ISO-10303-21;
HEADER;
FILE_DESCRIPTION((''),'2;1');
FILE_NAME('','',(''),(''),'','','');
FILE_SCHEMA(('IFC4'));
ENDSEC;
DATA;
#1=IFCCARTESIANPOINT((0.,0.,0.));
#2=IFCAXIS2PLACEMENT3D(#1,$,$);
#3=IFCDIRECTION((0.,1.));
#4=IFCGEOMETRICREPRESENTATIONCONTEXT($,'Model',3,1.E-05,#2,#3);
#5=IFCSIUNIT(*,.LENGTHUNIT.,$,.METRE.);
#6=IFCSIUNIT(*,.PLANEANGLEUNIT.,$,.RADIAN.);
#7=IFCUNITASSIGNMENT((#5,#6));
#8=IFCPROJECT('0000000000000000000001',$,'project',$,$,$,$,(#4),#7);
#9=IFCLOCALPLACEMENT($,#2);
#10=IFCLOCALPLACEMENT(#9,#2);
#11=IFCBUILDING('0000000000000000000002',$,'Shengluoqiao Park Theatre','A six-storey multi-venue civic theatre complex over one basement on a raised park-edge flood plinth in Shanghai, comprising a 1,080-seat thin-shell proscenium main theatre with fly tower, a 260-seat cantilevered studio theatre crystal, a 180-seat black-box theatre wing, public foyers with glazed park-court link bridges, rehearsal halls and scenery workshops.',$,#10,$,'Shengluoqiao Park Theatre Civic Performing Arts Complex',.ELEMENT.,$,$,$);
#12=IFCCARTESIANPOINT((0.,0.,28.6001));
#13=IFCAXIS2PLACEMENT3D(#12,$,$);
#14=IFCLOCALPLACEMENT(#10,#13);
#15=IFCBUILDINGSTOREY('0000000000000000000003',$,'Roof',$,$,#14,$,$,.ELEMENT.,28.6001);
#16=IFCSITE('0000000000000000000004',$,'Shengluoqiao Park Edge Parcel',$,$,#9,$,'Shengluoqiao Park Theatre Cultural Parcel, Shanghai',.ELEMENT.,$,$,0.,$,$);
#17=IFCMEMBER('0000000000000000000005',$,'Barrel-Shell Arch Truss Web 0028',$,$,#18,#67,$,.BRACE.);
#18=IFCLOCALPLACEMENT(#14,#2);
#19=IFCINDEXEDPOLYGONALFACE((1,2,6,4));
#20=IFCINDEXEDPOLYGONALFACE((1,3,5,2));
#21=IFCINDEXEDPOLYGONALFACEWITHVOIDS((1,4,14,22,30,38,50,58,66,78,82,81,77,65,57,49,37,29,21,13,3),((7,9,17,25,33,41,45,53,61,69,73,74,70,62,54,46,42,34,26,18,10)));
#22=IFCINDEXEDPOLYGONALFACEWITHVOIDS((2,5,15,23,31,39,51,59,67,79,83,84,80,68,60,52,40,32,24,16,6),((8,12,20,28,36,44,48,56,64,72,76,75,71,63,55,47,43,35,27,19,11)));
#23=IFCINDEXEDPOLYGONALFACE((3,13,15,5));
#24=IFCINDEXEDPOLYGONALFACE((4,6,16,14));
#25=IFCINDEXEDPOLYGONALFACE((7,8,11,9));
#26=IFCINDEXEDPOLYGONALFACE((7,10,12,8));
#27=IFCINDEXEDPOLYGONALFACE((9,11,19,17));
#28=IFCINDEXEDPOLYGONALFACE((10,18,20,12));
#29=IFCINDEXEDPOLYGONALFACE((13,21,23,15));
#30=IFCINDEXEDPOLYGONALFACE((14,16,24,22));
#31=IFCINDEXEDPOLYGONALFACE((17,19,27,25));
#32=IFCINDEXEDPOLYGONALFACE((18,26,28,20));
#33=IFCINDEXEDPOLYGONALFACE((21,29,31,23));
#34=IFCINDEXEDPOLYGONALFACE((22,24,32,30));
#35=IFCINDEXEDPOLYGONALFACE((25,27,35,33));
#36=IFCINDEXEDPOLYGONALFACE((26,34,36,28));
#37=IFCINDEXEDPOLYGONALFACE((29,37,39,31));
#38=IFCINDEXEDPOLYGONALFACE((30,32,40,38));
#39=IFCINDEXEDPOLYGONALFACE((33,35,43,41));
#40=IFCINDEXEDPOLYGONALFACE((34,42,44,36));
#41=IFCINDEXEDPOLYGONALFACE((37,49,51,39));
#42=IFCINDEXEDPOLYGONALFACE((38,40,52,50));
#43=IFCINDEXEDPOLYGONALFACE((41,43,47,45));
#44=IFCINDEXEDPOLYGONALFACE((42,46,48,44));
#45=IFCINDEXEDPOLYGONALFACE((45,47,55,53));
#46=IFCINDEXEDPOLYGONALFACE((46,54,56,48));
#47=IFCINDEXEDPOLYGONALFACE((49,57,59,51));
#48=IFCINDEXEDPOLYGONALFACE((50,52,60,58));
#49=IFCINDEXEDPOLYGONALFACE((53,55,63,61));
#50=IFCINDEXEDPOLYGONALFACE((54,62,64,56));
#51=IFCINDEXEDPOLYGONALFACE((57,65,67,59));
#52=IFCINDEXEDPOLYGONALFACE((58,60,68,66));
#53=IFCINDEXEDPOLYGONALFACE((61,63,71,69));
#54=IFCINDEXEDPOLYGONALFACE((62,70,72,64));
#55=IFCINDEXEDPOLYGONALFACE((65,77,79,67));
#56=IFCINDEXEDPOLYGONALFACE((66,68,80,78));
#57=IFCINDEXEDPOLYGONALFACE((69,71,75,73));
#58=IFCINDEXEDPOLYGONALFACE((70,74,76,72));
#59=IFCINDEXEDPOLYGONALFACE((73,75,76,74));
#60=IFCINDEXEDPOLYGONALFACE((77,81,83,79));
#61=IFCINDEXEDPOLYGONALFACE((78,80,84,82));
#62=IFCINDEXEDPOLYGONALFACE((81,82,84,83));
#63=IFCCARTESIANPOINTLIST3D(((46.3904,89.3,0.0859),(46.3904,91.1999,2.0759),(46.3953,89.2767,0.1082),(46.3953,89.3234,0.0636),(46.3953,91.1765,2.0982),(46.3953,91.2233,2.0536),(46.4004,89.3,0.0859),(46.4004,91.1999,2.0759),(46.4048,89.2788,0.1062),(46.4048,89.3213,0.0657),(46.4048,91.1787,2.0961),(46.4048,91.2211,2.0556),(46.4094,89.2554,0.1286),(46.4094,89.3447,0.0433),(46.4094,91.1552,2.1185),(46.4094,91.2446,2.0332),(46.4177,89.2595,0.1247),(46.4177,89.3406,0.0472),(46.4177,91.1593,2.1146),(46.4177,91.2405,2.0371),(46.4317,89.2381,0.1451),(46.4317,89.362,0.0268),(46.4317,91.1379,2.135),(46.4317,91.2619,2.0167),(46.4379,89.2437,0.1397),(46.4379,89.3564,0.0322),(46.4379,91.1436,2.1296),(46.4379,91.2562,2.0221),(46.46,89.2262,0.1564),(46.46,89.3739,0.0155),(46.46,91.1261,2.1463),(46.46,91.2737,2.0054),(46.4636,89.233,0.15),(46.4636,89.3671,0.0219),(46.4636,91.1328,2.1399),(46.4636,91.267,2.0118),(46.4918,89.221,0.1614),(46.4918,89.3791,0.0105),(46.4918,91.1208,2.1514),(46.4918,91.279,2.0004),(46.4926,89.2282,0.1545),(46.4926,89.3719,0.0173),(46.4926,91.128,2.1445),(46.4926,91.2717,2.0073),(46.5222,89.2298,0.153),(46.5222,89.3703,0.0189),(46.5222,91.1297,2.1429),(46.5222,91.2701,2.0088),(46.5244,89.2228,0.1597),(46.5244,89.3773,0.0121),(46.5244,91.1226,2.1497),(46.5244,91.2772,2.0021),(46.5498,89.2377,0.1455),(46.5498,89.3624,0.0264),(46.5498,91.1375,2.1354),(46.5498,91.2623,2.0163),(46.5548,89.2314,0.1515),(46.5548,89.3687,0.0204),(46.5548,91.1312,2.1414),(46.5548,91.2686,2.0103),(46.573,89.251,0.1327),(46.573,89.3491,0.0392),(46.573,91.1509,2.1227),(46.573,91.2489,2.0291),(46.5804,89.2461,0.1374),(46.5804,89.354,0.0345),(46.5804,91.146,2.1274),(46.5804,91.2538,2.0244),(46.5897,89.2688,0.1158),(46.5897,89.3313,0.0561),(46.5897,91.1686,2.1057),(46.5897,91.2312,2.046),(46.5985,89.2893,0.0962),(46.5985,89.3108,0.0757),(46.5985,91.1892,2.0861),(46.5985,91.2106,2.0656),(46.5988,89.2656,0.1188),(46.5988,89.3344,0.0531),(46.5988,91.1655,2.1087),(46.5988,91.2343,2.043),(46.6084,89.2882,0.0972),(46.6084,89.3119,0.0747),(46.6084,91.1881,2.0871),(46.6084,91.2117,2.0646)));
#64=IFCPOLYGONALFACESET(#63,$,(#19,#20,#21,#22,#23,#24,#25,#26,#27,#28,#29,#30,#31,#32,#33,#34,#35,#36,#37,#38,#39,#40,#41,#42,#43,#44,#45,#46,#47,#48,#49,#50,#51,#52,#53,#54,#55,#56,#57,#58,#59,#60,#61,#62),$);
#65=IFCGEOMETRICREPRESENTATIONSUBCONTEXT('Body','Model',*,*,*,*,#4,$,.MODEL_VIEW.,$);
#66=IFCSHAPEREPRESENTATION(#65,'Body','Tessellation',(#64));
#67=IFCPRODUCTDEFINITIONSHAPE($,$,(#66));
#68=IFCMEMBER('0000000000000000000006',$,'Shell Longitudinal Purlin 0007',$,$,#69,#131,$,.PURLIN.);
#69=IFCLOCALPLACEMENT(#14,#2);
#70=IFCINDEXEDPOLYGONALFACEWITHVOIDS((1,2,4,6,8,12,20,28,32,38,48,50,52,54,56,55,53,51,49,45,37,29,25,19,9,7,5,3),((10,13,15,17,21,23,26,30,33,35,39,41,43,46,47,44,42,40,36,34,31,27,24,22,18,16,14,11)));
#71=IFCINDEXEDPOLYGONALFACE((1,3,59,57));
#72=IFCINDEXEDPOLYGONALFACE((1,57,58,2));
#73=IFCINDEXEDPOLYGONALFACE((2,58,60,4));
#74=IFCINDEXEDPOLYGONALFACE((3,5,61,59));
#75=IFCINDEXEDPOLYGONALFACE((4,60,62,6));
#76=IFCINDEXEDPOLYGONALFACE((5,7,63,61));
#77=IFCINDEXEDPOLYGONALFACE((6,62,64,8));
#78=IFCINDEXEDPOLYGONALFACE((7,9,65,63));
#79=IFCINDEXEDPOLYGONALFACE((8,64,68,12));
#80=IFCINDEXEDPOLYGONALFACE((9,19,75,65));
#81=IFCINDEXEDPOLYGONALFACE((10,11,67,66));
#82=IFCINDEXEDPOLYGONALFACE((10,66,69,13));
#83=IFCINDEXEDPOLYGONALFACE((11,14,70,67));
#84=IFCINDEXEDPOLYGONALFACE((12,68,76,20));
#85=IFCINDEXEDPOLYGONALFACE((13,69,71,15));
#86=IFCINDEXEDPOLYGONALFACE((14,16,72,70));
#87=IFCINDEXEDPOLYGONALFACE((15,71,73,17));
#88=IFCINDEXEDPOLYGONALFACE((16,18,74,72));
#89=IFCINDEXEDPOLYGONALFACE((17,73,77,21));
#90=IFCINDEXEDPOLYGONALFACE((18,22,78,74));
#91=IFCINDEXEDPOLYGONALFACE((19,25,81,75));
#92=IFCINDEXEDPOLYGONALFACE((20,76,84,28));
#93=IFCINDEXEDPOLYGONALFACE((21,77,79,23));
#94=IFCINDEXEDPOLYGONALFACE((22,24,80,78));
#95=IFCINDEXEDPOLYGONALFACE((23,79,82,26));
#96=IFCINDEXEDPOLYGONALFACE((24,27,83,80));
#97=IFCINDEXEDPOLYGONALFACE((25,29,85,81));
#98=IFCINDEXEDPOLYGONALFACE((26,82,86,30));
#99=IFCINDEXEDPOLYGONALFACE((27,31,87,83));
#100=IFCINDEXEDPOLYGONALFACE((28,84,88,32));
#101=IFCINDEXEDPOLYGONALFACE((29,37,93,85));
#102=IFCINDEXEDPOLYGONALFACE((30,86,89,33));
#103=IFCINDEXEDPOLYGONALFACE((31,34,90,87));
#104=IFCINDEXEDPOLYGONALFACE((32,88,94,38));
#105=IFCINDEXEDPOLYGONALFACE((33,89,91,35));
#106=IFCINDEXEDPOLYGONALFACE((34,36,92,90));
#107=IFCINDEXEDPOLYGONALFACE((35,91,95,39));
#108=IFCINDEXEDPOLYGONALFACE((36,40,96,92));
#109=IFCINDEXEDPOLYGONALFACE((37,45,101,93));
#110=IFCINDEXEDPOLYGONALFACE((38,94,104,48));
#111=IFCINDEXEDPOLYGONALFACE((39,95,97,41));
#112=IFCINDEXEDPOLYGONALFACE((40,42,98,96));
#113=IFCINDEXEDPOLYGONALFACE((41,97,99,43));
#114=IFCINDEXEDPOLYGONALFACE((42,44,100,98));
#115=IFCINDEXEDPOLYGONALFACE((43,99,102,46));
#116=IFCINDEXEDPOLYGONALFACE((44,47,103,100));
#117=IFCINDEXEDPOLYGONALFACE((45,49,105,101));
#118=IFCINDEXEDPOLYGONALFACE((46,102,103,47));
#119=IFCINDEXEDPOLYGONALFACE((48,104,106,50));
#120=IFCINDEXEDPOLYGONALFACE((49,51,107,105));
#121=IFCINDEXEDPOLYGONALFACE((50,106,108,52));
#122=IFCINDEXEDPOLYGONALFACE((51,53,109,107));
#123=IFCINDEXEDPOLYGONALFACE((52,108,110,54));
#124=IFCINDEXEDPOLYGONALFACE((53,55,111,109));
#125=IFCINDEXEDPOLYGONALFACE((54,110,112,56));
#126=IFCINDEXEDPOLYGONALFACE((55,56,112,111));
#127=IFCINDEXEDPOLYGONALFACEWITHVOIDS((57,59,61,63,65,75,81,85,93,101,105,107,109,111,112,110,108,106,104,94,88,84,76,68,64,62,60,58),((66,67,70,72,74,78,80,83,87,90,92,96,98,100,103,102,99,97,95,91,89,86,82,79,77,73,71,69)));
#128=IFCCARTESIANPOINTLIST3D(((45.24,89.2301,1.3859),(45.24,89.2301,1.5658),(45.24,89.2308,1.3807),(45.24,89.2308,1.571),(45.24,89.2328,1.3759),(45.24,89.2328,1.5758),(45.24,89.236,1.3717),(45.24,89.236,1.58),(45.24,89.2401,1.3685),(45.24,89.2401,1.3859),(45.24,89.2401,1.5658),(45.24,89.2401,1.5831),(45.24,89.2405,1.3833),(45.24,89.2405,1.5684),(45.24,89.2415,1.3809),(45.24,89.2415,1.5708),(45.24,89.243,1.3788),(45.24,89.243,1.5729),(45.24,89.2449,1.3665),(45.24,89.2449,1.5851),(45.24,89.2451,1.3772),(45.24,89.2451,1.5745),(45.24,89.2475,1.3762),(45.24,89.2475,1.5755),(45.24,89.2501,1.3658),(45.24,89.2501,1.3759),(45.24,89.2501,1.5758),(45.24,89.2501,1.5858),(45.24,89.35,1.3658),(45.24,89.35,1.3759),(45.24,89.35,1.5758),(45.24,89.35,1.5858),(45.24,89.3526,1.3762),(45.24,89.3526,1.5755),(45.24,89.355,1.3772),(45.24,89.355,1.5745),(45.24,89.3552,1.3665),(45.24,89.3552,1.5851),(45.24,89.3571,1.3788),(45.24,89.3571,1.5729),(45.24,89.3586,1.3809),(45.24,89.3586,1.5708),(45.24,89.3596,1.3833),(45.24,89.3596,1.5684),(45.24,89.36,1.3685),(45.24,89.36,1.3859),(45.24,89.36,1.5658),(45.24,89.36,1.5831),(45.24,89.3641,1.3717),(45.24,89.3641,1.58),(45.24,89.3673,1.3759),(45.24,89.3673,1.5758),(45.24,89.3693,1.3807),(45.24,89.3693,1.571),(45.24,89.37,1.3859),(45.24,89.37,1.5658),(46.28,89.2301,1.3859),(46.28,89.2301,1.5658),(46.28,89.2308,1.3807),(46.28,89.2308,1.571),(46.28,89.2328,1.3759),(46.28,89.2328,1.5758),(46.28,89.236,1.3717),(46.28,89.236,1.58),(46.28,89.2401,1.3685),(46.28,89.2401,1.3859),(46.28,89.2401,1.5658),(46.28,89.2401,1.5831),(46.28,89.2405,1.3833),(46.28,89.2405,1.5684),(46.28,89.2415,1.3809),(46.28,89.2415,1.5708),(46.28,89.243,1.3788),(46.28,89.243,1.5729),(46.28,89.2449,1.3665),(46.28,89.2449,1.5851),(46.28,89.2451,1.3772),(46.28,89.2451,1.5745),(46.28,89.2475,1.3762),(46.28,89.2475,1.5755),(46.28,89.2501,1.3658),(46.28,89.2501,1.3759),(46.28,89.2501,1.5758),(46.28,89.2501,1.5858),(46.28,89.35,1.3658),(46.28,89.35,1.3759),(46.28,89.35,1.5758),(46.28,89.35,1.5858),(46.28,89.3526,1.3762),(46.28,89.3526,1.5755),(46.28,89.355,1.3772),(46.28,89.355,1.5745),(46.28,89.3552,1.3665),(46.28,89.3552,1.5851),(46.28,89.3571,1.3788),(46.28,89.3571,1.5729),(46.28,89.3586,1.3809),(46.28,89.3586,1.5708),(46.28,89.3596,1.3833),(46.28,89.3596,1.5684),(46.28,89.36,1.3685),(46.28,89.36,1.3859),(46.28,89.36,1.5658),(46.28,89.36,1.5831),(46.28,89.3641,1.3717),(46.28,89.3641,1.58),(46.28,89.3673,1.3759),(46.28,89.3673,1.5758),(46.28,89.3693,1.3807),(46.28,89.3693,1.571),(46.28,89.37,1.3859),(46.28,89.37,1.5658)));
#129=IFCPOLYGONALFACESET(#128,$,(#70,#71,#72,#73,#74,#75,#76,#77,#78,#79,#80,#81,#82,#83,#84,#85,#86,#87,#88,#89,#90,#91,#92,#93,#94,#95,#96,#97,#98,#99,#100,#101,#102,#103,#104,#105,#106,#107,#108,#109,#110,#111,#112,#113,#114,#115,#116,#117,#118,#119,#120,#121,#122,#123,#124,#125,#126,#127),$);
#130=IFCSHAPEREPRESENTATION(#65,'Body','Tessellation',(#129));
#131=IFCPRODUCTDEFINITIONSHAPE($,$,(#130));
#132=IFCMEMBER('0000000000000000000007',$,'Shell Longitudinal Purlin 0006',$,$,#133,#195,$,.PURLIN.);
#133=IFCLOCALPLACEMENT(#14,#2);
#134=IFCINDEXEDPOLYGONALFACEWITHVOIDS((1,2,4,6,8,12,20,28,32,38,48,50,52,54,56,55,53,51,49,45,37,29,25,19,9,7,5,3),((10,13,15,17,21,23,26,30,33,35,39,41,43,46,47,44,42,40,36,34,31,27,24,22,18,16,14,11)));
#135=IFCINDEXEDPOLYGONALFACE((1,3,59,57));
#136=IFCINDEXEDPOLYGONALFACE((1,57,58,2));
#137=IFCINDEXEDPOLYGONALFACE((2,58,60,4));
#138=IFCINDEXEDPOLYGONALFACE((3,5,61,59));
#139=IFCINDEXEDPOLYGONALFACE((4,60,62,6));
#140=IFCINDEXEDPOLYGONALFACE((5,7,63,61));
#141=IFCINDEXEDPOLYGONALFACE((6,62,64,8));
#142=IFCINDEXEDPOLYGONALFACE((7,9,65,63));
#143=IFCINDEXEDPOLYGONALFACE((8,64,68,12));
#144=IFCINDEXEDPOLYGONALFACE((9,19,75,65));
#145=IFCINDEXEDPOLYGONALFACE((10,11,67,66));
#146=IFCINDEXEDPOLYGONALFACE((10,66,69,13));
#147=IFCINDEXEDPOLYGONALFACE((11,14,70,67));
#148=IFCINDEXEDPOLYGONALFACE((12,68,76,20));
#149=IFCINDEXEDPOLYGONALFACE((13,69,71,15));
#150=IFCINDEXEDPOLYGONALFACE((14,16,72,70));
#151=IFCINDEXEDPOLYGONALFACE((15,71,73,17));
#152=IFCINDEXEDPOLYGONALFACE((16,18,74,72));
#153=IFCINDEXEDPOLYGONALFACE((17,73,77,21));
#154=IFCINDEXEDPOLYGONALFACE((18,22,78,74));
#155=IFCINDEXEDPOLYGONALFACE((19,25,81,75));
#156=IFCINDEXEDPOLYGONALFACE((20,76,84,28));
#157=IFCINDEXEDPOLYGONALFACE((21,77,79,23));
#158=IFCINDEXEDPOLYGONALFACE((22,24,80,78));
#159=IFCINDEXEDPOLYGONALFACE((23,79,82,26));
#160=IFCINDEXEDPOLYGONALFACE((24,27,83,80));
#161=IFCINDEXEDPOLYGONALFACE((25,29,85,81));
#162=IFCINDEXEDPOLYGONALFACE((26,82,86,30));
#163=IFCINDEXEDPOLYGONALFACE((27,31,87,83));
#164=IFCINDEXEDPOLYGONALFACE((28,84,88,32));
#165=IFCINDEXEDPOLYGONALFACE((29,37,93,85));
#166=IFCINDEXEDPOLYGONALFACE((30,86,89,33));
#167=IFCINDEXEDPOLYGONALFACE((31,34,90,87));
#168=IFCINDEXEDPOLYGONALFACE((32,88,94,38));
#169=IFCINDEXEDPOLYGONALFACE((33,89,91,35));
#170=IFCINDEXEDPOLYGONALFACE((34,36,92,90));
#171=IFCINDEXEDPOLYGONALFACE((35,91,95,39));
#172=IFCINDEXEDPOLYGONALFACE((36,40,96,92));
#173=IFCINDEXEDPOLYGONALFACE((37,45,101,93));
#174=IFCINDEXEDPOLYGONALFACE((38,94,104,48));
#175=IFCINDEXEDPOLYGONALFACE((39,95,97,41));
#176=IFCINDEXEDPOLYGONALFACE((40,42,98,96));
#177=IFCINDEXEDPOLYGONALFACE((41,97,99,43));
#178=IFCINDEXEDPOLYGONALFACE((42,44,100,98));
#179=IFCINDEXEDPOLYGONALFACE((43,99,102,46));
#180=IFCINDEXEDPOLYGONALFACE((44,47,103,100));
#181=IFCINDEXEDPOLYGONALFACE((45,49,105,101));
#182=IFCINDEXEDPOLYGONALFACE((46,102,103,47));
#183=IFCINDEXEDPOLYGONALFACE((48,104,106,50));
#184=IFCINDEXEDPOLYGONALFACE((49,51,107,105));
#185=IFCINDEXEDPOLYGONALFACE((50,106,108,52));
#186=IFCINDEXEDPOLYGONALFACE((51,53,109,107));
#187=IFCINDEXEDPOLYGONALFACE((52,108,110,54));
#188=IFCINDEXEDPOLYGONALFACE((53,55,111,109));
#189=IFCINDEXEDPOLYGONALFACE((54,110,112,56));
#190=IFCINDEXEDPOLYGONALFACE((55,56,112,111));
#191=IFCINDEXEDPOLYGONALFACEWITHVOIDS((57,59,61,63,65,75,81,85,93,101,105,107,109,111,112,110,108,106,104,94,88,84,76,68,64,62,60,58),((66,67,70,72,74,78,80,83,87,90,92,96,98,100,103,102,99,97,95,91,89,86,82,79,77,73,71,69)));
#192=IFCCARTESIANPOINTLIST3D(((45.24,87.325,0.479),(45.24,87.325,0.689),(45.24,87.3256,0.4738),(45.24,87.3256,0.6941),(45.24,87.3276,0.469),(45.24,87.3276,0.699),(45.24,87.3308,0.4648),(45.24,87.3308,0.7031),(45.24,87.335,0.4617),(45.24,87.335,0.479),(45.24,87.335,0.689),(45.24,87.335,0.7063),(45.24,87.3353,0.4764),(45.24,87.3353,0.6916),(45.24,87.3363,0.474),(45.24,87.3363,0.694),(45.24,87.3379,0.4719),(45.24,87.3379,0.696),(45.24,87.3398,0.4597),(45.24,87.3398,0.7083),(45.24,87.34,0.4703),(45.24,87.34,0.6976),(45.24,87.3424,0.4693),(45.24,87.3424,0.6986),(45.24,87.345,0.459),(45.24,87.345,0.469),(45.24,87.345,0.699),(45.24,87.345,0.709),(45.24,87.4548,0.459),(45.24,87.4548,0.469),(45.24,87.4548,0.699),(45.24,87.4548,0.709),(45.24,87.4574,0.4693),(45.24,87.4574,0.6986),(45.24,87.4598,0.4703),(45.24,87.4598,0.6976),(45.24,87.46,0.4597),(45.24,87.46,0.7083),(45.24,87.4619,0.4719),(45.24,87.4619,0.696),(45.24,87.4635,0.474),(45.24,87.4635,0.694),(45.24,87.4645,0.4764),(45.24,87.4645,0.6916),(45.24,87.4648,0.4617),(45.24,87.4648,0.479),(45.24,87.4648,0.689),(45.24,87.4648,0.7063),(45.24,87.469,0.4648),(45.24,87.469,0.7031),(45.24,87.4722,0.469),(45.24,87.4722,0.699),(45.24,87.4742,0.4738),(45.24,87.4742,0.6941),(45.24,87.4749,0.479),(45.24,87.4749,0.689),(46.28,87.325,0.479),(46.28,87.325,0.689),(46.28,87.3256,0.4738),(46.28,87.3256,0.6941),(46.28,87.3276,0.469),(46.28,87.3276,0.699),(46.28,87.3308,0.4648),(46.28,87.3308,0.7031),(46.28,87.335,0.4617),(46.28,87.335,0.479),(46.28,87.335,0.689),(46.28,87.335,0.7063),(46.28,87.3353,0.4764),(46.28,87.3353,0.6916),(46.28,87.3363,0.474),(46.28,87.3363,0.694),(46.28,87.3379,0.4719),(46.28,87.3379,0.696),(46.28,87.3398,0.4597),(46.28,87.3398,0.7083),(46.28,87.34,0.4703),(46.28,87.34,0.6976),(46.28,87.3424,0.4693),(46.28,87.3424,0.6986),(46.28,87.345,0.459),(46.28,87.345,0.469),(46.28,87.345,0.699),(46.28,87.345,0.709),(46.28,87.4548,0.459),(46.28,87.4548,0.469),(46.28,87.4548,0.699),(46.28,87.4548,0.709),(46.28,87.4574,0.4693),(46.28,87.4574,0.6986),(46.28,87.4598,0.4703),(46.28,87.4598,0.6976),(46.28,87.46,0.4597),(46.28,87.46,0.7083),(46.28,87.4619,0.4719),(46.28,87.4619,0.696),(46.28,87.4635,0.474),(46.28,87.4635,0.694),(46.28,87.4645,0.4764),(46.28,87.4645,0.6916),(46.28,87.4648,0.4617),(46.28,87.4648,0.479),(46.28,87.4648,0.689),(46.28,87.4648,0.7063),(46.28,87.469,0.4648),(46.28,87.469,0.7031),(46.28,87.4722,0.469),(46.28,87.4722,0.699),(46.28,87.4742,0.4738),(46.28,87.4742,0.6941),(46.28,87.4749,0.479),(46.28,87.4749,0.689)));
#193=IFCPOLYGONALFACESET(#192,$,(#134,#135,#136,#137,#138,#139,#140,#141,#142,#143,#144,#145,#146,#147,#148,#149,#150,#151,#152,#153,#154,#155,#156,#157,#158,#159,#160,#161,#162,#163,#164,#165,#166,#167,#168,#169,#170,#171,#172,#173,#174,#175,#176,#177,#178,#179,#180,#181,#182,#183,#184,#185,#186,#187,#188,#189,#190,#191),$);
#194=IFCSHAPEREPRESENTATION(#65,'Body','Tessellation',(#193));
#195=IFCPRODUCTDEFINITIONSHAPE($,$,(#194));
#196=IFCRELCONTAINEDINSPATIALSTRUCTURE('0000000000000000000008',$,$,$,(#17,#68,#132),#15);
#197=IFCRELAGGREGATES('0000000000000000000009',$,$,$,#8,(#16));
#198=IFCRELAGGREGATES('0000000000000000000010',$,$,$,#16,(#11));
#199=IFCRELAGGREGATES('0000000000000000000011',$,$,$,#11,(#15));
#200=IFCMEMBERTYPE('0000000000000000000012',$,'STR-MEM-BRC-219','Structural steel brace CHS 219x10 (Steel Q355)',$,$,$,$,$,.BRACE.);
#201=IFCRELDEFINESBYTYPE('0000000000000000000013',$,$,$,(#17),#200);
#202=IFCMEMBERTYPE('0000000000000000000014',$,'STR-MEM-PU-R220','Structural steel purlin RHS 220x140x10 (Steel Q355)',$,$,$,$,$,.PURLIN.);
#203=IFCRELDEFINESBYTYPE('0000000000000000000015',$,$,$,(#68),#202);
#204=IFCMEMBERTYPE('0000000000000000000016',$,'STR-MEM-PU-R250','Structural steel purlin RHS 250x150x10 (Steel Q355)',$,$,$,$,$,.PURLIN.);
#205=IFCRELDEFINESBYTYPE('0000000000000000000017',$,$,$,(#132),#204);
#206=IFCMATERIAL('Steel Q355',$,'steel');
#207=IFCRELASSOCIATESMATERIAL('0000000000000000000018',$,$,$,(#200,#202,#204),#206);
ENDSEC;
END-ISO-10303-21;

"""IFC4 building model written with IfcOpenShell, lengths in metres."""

from ifc_helpers import new_model, si_unit, direction, frame, origin, origin_2d, place, context, subcontext, project, spatial, hollow_rectangle, hollow_circle, extrude, material, material_profile, profile_set, type_object, element, save


model = new_model("IFC4")

# Units and contexts
model_context = context("Model", 3, precision=1e-05, world=origin(), true_north=direction((0.0, 1.0)))
body_context = subcontext(model_context, "Body", "Model", "MODEL_VIEW")
ifc_project = project(units=[si_unit("LENGTHUNIT", "METRE"), si_unit("PLANEANGLEUNIT", "RADIAN")], contexts=[model_context])

# Site, building, storey
site_placement = place(None, origin())
site = spatial("IfcSite", under=ifc_project, at=site_placement, Name="Shengluoqiao Park Edge Parcel", LongName="Shengluoqiao Park Theatre Cultural Parcel, Shanghai", CompositionType="ELEMENT", RefElevation=0.0)
building_placement = place(site_placement, origin())
building = spatial("IfcBuilding", under=site, at=building_placement, Name="Shengluoqiao Park Theatre", Description="A six-storey multi-venue civic theatre complex over one basement on a raised park-edge flood plinth in Shanghai, comprising a 1,080-seat thin-shell proscenium main theatre with fly tower, a 260-seat cantilevered studio theatre crystal, a 180-seat black-box theatre wing, public foyers with glazed park-court link bridges, rehearsal halls and scenery workshops.", LongName="Shengluoqiao Park Theatre Civic Performing Arts Complex", CompositionType="ELEMENT")
storey_placement = place(building_placement, frame((0.0, 0.0, 28.6001)))
storey = spatial("IfcBuildingStorey", under=building, at=storey_placement, Name="Roof", CompositionType="ELEMENT", Elevation=28.6001)

# Shared definitions
ifc_material_1 = material(Name="Steel Q355", Category="steel")

# Members
ifc_material_profile_1 = material_profile(ifc_material_1, hollow_circle(Radius=0.1096, WallThickness=0.01, at=origin_2d()), Name="CHS 219x10")
ifc_profile_set_1 = profile_set([ifc_material_profile_1], Name="Steel Q355")
member_type_1 = type_object("IfcMemberType", Name="STR-MEM-BRC-219", Description="Structural steel brace CHS 219x10 (Steel Q355)", PredefinedType="BRACE", material=ifc_profile_set_1)
member_1_placement = place(storey_placement, frame((46.5, 89.3, 0.0859), z_axis=(0.0, 0.690545, 0.723289), x_axis=(-1.0, 0.0, 0.0)))
element("IfcMember", 1, at=member_1_placement, inside=storey, type_object=member_type_1, Name="Barrel-Shell Arch Truss Web 0028", PredefinedType="BRACE", context=body_context, shape_type="SweptSolid", body=[
    extrude(hollow_circle(Radius=0.1096, WallThickness=0.01, at=origin_2d()), origin(), (0.0, 0.0, 1.0), 2.7512),
])
ifc_material_profile_2 = material_profile(ifc_material_1, hollow_rectangle(XDim=0.1399, YDim=0.22, WallThickness=0.01, InnerFilletRadius=0.01, OuterFilletRadius=0.02, at=origin_2d()), Name="RHS 220x140x10")
ifc_profile_set_2 = profile_set([ifc_material_profile_2], Name="Steel Q355")
member_type_2 = type_object("IfcMemberType", Name="STR-MEM-PU-R220", Description="Structural steel purlin RHS 220x140x10 (Steel Q355)", PredefinedType="PURLIN", material=ifc_profile_set_2)
member_2_placement = place(storey_placement, frame((45.24, 89.3, 1.4758), z_axis=(1.0, 0.0, 0.0), x_axis=(0.0, 1.0, 0.0)))
element("IfcMember", 2, at=member_2_placement, inside=storey, type_object=member_type_2, Name="Shell Longitudinal Purlin 0007", PredefinedType="PURLIN", context=body_context, shape_type="SweptSolid", body=[
    extrude(hollow_rectangle(XDim=0.1399, YDim=0.22, WallThickness=0.01, InnerFilletRadius=0.01, OuterFilletRadius=0.02, at=origin_2d()), origin(), (0.0, 0.0, 1.0), 1.04),
])
ifc_material_profile_3 = material_profile(ifc_material_1, hollow_rectangle(XDim=0.1499, YDim=0.25, WallThickness=0.01, InnerFilletRadius=0.01, OuterFilletRadius=0.02, at=origin_2d()), Name="RHS 250x150x10")
ifc_profile_set_3 = profile_set([ifc_material_profile_3], Name="Steel Q355")
member_type_3 = type_object("IfcMemberType", Name="STR-MEM-PU-R250", Description="Structural steel purlin RHS 250x150x10 (Steel Q355)", PredefinedType="PURLIN", material=ifc_profile_set_3)
member_3_placement = place(storey_placement, frame((45.24, 87.3999, 0.584), z_axis=(1.0, 0.0, 0.0), x_axis=(0.0, 1.0, 0.0)))
element("IfcMember", 3, at=member_3_placement, inside=storey, type_object=member_type_3, Name="Shell Longitudinal Purlin 0006", PredefinedType="PURLIN", context=body_context, shape_type="SweptSolid", body=[
    extrude(hollow_rectangle(XDim=0.1499, YDim=0.25, WallThickness=0.01, InnerFilletRadius=0.01, OuterFilletRadius=0.02, at=origin_2d()), origin(), (0.0, 0.0, 1.0), 1.04),
])

save(model, "model.ifc")
